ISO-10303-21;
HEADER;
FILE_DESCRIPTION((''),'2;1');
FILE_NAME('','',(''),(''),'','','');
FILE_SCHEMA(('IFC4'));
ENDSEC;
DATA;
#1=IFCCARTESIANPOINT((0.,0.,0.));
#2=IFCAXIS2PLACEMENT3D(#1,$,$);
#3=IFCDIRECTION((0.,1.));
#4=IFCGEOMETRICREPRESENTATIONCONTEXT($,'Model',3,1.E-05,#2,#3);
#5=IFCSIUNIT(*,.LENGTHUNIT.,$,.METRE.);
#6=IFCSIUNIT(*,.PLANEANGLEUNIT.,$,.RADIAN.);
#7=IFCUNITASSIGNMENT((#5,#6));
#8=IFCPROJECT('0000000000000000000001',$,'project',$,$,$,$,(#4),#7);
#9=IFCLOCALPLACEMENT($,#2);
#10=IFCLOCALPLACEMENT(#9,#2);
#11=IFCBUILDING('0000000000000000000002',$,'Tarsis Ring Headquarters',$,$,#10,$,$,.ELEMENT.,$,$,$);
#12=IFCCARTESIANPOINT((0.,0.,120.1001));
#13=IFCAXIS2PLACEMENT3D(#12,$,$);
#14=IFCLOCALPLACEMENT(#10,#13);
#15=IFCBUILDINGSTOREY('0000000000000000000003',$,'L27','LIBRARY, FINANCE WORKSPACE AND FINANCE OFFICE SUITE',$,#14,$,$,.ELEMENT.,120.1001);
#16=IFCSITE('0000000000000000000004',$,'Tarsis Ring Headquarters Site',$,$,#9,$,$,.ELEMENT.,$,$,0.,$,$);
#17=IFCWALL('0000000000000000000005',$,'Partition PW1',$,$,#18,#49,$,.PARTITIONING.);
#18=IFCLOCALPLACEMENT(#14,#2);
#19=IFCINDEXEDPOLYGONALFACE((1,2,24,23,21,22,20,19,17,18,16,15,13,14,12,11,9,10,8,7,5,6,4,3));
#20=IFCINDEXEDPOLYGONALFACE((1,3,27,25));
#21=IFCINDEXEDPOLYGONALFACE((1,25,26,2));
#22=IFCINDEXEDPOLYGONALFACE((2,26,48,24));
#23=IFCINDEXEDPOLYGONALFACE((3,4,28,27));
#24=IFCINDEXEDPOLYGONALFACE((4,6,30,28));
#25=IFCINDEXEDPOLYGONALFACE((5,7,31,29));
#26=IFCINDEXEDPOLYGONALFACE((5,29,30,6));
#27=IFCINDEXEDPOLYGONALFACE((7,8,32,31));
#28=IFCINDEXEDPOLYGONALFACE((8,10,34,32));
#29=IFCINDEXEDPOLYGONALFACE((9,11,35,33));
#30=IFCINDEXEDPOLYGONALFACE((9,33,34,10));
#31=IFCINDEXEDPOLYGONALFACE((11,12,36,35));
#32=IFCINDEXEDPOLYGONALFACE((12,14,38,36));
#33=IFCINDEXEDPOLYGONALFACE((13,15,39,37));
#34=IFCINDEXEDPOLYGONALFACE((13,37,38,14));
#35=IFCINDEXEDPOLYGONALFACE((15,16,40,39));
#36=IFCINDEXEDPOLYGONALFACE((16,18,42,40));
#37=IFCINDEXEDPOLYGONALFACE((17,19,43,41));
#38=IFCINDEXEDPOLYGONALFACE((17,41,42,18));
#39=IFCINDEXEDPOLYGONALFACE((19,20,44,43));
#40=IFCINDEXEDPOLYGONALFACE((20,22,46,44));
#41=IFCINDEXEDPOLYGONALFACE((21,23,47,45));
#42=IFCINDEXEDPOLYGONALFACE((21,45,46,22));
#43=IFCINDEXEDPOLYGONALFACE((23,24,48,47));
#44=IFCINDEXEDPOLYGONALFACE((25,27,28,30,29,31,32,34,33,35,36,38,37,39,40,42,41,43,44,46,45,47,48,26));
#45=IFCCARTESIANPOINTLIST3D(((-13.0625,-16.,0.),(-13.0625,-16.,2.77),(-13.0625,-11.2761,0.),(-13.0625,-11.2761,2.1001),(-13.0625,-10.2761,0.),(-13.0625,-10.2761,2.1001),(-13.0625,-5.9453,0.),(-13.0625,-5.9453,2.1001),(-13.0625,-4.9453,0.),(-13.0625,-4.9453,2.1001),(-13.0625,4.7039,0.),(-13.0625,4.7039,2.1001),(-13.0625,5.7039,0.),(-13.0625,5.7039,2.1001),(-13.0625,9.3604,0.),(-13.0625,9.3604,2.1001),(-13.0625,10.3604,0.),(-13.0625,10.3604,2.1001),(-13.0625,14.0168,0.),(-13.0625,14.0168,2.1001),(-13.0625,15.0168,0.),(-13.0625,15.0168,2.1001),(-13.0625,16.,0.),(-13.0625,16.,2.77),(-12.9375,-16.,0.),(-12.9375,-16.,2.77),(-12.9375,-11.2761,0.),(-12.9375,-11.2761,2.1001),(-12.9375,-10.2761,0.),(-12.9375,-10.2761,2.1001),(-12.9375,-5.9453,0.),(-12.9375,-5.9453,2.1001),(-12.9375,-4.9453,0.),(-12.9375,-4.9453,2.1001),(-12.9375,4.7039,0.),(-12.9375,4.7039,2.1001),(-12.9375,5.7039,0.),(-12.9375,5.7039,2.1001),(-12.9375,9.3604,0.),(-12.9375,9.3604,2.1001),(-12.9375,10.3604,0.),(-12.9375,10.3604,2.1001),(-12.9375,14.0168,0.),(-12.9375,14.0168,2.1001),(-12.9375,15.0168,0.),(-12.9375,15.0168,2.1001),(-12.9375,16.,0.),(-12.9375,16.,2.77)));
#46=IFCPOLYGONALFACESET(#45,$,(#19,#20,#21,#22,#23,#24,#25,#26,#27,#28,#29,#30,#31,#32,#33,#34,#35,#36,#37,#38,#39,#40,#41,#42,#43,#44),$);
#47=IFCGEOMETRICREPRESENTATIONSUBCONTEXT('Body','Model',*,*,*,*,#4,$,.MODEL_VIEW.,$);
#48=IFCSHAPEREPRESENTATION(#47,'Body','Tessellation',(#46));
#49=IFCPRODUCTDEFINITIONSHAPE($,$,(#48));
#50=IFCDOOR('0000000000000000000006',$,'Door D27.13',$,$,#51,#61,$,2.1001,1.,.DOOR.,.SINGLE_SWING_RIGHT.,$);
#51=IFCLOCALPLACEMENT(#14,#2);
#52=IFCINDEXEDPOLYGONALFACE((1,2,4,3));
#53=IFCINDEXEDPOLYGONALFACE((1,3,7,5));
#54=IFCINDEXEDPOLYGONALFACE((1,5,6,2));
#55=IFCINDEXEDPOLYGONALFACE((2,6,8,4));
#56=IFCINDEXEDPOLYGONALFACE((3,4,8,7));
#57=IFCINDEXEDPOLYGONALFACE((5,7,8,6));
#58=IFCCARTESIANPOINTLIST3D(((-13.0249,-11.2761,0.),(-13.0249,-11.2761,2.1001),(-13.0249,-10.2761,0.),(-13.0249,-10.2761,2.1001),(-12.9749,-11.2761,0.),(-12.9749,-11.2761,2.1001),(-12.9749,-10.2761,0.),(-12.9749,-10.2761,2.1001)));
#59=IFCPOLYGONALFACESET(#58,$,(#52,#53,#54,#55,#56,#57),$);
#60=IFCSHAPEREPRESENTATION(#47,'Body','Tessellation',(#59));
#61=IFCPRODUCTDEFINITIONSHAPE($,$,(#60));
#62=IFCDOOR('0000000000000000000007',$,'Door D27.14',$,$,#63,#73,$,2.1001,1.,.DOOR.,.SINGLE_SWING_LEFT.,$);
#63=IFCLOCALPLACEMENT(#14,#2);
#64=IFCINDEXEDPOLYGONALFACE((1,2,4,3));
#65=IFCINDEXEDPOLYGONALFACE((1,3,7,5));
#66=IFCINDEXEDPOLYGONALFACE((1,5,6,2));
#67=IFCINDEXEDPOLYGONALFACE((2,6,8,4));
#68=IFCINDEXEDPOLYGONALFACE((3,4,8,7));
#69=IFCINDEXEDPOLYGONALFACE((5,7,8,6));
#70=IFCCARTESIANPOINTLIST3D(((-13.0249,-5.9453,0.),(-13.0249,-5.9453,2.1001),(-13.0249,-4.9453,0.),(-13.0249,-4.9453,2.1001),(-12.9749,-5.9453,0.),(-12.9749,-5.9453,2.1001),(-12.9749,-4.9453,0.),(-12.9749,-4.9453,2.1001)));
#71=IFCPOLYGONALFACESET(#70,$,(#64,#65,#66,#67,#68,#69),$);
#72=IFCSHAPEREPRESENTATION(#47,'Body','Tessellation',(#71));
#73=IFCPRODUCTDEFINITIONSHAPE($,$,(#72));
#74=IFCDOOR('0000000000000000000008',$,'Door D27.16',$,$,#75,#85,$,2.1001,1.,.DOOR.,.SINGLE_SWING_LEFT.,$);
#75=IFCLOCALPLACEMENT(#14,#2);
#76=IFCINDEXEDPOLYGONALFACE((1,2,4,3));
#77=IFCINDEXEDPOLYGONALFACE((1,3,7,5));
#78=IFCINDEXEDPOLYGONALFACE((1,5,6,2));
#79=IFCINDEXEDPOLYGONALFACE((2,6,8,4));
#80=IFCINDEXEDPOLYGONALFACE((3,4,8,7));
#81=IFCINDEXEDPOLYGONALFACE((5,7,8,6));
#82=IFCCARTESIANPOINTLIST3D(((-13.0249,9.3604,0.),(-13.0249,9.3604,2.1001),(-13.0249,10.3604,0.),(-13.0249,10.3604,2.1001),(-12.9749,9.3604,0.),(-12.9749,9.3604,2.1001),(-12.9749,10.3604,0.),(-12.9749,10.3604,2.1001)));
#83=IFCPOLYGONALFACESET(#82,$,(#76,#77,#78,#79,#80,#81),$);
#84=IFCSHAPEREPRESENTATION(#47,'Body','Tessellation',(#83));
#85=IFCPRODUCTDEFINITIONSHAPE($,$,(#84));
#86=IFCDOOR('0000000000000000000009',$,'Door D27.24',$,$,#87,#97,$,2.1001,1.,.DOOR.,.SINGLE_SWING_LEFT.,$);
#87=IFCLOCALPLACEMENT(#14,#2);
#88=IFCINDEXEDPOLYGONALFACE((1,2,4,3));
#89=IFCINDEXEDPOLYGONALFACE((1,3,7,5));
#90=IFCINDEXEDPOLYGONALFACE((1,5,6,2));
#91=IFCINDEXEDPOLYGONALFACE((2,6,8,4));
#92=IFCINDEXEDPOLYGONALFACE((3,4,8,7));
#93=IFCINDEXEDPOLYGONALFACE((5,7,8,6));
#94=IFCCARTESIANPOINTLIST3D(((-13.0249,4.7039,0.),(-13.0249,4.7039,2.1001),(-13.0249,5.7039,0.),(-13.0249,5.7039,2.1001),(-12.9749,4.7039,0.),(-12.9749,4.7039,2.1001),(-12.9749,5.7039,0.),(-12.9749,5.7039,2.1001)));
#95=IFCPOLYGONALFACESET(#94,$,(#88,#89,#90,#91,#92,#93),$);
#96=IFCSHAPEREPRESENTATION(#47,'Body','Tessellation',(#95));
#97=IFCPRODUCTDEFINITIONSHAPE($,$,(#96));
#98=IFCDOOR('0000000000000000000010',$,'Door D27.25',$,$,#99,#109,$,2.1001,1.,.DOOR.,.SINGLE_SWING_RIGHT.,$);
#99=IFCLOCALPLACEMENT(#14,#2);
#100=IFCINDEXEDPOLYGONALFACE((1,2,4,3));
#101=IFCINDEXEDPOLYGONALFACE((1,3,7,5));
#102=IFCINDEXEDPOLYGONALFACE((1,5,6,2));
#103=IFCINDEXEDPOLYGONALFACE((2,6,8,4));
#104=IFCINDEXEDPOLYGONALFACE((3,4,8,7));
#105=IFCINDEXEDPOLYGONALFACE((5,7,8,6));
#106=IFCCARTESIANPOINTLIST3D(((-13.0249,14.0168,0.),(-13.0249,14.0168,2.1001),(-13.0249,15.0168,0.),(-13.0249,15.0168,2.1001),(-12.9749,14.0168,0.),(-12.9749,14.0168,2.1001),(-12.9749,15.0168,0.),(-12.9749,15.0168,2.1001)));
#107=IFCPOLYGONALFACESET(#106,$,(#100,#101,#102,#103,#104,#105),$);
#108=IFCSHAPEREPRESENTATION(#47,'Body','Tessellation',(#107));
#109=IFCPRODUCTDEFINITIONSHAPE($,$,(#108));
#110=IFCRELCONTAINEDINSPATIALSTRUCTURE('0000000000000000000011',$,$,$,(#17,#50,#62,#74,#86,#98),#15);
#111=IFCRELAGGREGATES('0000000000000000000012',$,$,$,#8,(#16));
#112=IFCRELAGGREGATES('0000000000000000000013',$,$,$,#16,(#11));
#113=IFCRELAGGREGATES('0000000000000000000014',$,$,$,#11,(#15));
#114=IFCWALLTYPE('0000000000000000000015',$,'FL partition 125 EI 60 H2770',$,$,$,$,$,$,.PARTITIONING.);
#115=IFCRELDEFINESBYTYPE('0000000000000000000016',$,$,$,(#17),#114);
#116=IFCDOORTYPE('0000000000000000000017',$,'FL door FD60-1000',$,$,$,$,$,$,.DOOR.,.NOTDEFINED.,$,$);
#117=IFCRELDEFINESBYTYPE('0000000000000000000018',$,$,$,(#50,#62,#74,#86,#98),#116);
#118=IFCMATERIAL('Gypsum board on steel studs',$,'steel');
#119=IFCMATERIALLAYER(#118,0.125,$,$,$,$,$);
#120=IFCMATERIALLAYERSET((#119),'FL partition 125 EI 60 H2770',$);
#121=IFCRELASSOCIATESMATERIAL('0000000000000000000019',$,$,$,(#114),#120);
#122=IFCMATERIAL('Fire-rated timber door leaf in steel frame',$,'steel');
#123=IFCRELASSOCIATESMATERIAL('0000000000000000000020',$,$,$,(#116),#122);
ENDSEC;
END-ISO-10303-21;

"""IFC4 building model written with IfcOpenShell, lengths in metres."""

from ifc_helpers import new_model, si_unit, direction, frame, frame_2d, origin, place, context, subcontext, project, spatial, rectangle, extrude, material, layer, layer_set, type_object, element, fill, save


model = new_model("IFC4")

# Units and contexts
model_context = context("Model", 3, precision=1e-05, world=origin(), true_north=direction((0.0, 1.0)))
body_context = subcontext(model_context, "Body", "Model", "MODEL_VIEW")
ifc_project = project(units=[si_unit("LENGTHUNIT", "METRE"), si_unit("PLANEANGLEUNIT", "RADIAN")], contexts=[model_context])

# Site, building, storey
site_placement = place(None, origin())
site = spatial("IfcSite", under=ifc_project, at=site_placement, Name="Tarsis Ring Headquarters Site", CompositionType="ELEMENT", RefElevation=0.0)
building_placement = place(site_placement, origin())
building = spatial("IfcBuilding", under=site, at=building_placement, Name="Tarsis Ring Headquarters", CompositionType="ELEMENT")
storey_placement = place(building_placement, frame((0.0, 0.0, 120.1001)))
storey = spatial("IfcBuildingStorey", under=building, at=storey_placement, Name="L27", Description="LIBRARY, FINANCE WORKSPACE AND FINANCE OFFICE SUITE", CompositionType="ELEMENT", Elevation=120.1001)

# Shared definitions
ifc_material_1 = material(Name="Gypsum board on steel studs", Category="steel")

# Wall, openings, doors
ifc_layer_1 = layer(ifc_material_1, 0.125)
ifc_layer_set_1 = layer_set([ifc_layer_1], Name="FL partition 125 EI 60 H2770")
wall_type_1 = type_object("IfcWallType", Name="FL partition 125 EI 60 H2770", PredefinedType="PARTITIONING", material=ifc_layer_set_1)
wall_1_placement = place(storey_placement, frame((-13.0, -16.0, 0.0), z_axis=(0.0, 0.0, 1.0), x_axis=(0.0, 1.0, 0.0)))
wall_1 = element("IfcWall", 1, at=wall_1_placement, inside=storey, type_object=wall_type_1, Name="Partition PW1", PredefinedType="PARTITIONING", context=body_context, shape_type="SweptSolid", body=[
    extrude(rectangle(XDim=32.0, YDim=0.125, at=frame_2d((16.0, 0.0))), origin(), (0.0, 0.0, 1.0), 2.77),
])
opening_1_placement = place(wall_1_placement, frame((4.7239, 0.0, 0.0)))
opening_1 = element("IfcOpeningElement", 2, at=opening_1_placement, cuts=wall_1, PredefinedType="OPENING", context=body_context, shape_type="SweptSolid", body=[
    extrude(rectangle(XDim=1.0, YDim=2.1001, at=frame_2d((0.5, 1.05))), frame((0.0, 0.0725, 0.0), z_axis=(0.0, -1.0, 0.0), x_axis=(1.0, 0.0, 0.0)), (0.0, 0.0, 1.0), 0.145),
])
opening_2_placement = place(wall_1_placement, frame((10.0547, 0.0, 0.0)))
opening_2 = element("IfcOpeningElement", 3, at=opening_2_placement, cuts=wall_1, PredefinedType="OPENING", context=body_context, shape_type="SweptSolid", body=[
    extrude(rectangle(XDim=1.0, YDim=2.1001, at=frame_2d((0.5, 1.05))), frame((0.0, 0.0725, 0.0), z_axis=(0.0, -1.0, 0.0), x_axis=(1.0, 0.0, 0.0)), (0.0, 0.0, 1.0), 0.145),
])
opening_3_placement = place(wall_1_placement, frame((25.3604, 0.0, 0.0)))
opening_3 = element("IfcOpeningElement", 4, at=opening_3_placement, cuts=wall_1, PredefinedType="OPENING", context=body_context, shape_type="SweptSolid", body=[
    extrude(rectangle(XDim=1.0, YDim=2.1001, at=frame_2d((0.5, 1.05))), frame((0.0, 0.0725, 0.0), z_axis=(0.0, -1.0, 0.0), x_axis=(1.0, 0.0, 0.0)), (0.0, 0.0, 1.0), 0.145),
])
opening_4_placement = place(wall_1_placement, frame((20.7039, 0.0, 0.0)))
opening_4 = element("IfcOpeningElement", 5, at=opening_4_placement, cuts=wall_1, PredefinedType="OPENING", context=body_context, shape_type="SweptSolid", body=[
    extrude(rectangle(XDim=1.0, YDim=2.1001, at=frame_2d((0.5, 1.05))), frame((0.0, 0.0725, 0.0), z_axis=(0.0, -1.0, 0.0), x_axis=(1.0, 0.0, 0.0)), (0.0, 0.0, 1.0), 0.145),
])
opening_5_placement = place(wall_1_placement, frame((30.0168, 0.0, 0.0)))
opening_5 = element("IfcOpeningElement", 6, at=opening_5_placement, cuts=wall_1, PredefinedType="OPENING", context=body_context, shape_type="SweptSolid", body=[
    extrude(rectangle(XDim=1.0, YDim=2.1001, at=frame_2d((0.5, 1.05))), frame((0.0, 0.0725, 0.0), z_axis=(0.0, -1.0, 0.0), x_axis=(1.0, 0.0, 0.0)), (0.0, 0.0, 1.0), 0.145),
])
ifc_material_2 = material(Name="Fire-rated timber door leaf in steel frame", Category="steel")
door_type_1 = type_object("IfcDoorType", Name="FL door FD60-1000", OperationType="NOTDEFINED", PredefinedType="DOOR", material=ifc_material_2)
door_1_placement = place(opening_1_placement, origin())
door_1 = element("IfcDoor", 7, at=door_1_placement, inside=storey, type_object=door_type_1, Name="Door D27.13", OperationType="SINGLE_SWING_RIGHT", OverallHeight=2.1001, OverallWidth=1.0, PredefinedType="DOOR", context=body_context, shape_type="SweptSolid", body=[
    extrude(rectangle(XDim=1.0, YDim=2.1001, at=frame_2d((0.5, 1.05))), frame((0.0, 0.0249, 0.0), z_axis=(0.0, -1.0, 0.0), x_axis=(1.0, 0.0, 0.0)), (0.0, 0.0, 1.0), 0.05),
])
fill(opening_1, door_1)
door_2_placement = place(opening_2_placement, origin())
door_2 = element("IfcDoor", 8, at=door_2_placement, inside=storey, type_object=door_type_1, Name="Door D27.14", OperationType="SINGLE_SWING_LEFT", OverallHeight=2.1001, OverallWidth=1.0, PredefinedType="DOOR", context=body_context, shape_type="SweptSolid", body=[
    extrude(rectangle(XDim=1.0, YDim=2.1001, at=frame_2d((0.5, 1.05))), frame((0.0, 0.0249, 0.0), z_axis=(0.0, -1.0, 0.0), x_axis=(1.0, 0.0, 0.0)), (0.0, 0.0, 1.0), 0.05),
])
fill(opening_2, door_2)
door_3_placement = place(opening_3_placement, origin())
door_3 = element("IfcDoor", 9, at=door_3_placement, inside=storey, type_object=door_type_1, Name="Door D27.16", OperationType="SINGLE_SWING_LEFT", OverallHeight=2.1001, OverallWidth=1.0, PredefinedType="DOOR", context=body_context, shape_type="SweptSolid", body=[
    extrude(rectangle(XDim=1.0, YDim=2.1001, at=frame_2d((0.5, 1.05))), frame((0.0, 0.0249, 0.0), z_axis=(0.0, -1.0, 0.0), x_axis=(1.0, 0.0, 0.0)), (0.0, 0.0, 1.0), 0.05),
])
fill(opening_3, door_3)
door_4_placement = place(opening_4_placement, origin())
door_4 = element("IfcDoor", 10, at=door_4_placement, inside=storey, type_object=door_type_1, Name="Door D27.24", OperationType="SINGLE_SWING_LEFT", OverallHeight=2.1001, OverallWidth=1.0, PredefinedType="DOOR", context=body_context, shape_type="SweptSolid", body=[
    extrude(rectangle(XDim=1.0, YDim=2.1001, at=frame_2d((0.5, 1.05))), frame((0.0, 0.0249, 0.0), z_axis=(0.0, -1.0, 0.0), x_axis=(1.0, 0.0, 0.0)), (0.0, 0.0, 1.0), 0.05),
])
fill(opening_4, door_4)
door_5_placement = place(opening_5_placement, origin())
door_5 = element("IfcDoor", 11, at=door_5_placement, inside=storey, type_object=door_type_1, Name="Door D27.25", OperationType="SINGLE_SWING_RIGHT", OverallHeight=2.1001, OverallWidth=1.0, PredefinedType="DOOR", context=body_context, shape_type="SweptSolid", body=[
    extrude(rectangle(XDim=1.0, YDim=2.1001, at=frame_2d((0.5, 1.05))), frame((0.0, 0.0249, 0.0), z_axis=(0.0, -1.0, 0.0), x_axis=(1.0, 0.0, 0.0)), (0.0, 0.0, 1.0), 0.05),
])
fill(opening_5, door_5)

save(model, "model.ifc")
